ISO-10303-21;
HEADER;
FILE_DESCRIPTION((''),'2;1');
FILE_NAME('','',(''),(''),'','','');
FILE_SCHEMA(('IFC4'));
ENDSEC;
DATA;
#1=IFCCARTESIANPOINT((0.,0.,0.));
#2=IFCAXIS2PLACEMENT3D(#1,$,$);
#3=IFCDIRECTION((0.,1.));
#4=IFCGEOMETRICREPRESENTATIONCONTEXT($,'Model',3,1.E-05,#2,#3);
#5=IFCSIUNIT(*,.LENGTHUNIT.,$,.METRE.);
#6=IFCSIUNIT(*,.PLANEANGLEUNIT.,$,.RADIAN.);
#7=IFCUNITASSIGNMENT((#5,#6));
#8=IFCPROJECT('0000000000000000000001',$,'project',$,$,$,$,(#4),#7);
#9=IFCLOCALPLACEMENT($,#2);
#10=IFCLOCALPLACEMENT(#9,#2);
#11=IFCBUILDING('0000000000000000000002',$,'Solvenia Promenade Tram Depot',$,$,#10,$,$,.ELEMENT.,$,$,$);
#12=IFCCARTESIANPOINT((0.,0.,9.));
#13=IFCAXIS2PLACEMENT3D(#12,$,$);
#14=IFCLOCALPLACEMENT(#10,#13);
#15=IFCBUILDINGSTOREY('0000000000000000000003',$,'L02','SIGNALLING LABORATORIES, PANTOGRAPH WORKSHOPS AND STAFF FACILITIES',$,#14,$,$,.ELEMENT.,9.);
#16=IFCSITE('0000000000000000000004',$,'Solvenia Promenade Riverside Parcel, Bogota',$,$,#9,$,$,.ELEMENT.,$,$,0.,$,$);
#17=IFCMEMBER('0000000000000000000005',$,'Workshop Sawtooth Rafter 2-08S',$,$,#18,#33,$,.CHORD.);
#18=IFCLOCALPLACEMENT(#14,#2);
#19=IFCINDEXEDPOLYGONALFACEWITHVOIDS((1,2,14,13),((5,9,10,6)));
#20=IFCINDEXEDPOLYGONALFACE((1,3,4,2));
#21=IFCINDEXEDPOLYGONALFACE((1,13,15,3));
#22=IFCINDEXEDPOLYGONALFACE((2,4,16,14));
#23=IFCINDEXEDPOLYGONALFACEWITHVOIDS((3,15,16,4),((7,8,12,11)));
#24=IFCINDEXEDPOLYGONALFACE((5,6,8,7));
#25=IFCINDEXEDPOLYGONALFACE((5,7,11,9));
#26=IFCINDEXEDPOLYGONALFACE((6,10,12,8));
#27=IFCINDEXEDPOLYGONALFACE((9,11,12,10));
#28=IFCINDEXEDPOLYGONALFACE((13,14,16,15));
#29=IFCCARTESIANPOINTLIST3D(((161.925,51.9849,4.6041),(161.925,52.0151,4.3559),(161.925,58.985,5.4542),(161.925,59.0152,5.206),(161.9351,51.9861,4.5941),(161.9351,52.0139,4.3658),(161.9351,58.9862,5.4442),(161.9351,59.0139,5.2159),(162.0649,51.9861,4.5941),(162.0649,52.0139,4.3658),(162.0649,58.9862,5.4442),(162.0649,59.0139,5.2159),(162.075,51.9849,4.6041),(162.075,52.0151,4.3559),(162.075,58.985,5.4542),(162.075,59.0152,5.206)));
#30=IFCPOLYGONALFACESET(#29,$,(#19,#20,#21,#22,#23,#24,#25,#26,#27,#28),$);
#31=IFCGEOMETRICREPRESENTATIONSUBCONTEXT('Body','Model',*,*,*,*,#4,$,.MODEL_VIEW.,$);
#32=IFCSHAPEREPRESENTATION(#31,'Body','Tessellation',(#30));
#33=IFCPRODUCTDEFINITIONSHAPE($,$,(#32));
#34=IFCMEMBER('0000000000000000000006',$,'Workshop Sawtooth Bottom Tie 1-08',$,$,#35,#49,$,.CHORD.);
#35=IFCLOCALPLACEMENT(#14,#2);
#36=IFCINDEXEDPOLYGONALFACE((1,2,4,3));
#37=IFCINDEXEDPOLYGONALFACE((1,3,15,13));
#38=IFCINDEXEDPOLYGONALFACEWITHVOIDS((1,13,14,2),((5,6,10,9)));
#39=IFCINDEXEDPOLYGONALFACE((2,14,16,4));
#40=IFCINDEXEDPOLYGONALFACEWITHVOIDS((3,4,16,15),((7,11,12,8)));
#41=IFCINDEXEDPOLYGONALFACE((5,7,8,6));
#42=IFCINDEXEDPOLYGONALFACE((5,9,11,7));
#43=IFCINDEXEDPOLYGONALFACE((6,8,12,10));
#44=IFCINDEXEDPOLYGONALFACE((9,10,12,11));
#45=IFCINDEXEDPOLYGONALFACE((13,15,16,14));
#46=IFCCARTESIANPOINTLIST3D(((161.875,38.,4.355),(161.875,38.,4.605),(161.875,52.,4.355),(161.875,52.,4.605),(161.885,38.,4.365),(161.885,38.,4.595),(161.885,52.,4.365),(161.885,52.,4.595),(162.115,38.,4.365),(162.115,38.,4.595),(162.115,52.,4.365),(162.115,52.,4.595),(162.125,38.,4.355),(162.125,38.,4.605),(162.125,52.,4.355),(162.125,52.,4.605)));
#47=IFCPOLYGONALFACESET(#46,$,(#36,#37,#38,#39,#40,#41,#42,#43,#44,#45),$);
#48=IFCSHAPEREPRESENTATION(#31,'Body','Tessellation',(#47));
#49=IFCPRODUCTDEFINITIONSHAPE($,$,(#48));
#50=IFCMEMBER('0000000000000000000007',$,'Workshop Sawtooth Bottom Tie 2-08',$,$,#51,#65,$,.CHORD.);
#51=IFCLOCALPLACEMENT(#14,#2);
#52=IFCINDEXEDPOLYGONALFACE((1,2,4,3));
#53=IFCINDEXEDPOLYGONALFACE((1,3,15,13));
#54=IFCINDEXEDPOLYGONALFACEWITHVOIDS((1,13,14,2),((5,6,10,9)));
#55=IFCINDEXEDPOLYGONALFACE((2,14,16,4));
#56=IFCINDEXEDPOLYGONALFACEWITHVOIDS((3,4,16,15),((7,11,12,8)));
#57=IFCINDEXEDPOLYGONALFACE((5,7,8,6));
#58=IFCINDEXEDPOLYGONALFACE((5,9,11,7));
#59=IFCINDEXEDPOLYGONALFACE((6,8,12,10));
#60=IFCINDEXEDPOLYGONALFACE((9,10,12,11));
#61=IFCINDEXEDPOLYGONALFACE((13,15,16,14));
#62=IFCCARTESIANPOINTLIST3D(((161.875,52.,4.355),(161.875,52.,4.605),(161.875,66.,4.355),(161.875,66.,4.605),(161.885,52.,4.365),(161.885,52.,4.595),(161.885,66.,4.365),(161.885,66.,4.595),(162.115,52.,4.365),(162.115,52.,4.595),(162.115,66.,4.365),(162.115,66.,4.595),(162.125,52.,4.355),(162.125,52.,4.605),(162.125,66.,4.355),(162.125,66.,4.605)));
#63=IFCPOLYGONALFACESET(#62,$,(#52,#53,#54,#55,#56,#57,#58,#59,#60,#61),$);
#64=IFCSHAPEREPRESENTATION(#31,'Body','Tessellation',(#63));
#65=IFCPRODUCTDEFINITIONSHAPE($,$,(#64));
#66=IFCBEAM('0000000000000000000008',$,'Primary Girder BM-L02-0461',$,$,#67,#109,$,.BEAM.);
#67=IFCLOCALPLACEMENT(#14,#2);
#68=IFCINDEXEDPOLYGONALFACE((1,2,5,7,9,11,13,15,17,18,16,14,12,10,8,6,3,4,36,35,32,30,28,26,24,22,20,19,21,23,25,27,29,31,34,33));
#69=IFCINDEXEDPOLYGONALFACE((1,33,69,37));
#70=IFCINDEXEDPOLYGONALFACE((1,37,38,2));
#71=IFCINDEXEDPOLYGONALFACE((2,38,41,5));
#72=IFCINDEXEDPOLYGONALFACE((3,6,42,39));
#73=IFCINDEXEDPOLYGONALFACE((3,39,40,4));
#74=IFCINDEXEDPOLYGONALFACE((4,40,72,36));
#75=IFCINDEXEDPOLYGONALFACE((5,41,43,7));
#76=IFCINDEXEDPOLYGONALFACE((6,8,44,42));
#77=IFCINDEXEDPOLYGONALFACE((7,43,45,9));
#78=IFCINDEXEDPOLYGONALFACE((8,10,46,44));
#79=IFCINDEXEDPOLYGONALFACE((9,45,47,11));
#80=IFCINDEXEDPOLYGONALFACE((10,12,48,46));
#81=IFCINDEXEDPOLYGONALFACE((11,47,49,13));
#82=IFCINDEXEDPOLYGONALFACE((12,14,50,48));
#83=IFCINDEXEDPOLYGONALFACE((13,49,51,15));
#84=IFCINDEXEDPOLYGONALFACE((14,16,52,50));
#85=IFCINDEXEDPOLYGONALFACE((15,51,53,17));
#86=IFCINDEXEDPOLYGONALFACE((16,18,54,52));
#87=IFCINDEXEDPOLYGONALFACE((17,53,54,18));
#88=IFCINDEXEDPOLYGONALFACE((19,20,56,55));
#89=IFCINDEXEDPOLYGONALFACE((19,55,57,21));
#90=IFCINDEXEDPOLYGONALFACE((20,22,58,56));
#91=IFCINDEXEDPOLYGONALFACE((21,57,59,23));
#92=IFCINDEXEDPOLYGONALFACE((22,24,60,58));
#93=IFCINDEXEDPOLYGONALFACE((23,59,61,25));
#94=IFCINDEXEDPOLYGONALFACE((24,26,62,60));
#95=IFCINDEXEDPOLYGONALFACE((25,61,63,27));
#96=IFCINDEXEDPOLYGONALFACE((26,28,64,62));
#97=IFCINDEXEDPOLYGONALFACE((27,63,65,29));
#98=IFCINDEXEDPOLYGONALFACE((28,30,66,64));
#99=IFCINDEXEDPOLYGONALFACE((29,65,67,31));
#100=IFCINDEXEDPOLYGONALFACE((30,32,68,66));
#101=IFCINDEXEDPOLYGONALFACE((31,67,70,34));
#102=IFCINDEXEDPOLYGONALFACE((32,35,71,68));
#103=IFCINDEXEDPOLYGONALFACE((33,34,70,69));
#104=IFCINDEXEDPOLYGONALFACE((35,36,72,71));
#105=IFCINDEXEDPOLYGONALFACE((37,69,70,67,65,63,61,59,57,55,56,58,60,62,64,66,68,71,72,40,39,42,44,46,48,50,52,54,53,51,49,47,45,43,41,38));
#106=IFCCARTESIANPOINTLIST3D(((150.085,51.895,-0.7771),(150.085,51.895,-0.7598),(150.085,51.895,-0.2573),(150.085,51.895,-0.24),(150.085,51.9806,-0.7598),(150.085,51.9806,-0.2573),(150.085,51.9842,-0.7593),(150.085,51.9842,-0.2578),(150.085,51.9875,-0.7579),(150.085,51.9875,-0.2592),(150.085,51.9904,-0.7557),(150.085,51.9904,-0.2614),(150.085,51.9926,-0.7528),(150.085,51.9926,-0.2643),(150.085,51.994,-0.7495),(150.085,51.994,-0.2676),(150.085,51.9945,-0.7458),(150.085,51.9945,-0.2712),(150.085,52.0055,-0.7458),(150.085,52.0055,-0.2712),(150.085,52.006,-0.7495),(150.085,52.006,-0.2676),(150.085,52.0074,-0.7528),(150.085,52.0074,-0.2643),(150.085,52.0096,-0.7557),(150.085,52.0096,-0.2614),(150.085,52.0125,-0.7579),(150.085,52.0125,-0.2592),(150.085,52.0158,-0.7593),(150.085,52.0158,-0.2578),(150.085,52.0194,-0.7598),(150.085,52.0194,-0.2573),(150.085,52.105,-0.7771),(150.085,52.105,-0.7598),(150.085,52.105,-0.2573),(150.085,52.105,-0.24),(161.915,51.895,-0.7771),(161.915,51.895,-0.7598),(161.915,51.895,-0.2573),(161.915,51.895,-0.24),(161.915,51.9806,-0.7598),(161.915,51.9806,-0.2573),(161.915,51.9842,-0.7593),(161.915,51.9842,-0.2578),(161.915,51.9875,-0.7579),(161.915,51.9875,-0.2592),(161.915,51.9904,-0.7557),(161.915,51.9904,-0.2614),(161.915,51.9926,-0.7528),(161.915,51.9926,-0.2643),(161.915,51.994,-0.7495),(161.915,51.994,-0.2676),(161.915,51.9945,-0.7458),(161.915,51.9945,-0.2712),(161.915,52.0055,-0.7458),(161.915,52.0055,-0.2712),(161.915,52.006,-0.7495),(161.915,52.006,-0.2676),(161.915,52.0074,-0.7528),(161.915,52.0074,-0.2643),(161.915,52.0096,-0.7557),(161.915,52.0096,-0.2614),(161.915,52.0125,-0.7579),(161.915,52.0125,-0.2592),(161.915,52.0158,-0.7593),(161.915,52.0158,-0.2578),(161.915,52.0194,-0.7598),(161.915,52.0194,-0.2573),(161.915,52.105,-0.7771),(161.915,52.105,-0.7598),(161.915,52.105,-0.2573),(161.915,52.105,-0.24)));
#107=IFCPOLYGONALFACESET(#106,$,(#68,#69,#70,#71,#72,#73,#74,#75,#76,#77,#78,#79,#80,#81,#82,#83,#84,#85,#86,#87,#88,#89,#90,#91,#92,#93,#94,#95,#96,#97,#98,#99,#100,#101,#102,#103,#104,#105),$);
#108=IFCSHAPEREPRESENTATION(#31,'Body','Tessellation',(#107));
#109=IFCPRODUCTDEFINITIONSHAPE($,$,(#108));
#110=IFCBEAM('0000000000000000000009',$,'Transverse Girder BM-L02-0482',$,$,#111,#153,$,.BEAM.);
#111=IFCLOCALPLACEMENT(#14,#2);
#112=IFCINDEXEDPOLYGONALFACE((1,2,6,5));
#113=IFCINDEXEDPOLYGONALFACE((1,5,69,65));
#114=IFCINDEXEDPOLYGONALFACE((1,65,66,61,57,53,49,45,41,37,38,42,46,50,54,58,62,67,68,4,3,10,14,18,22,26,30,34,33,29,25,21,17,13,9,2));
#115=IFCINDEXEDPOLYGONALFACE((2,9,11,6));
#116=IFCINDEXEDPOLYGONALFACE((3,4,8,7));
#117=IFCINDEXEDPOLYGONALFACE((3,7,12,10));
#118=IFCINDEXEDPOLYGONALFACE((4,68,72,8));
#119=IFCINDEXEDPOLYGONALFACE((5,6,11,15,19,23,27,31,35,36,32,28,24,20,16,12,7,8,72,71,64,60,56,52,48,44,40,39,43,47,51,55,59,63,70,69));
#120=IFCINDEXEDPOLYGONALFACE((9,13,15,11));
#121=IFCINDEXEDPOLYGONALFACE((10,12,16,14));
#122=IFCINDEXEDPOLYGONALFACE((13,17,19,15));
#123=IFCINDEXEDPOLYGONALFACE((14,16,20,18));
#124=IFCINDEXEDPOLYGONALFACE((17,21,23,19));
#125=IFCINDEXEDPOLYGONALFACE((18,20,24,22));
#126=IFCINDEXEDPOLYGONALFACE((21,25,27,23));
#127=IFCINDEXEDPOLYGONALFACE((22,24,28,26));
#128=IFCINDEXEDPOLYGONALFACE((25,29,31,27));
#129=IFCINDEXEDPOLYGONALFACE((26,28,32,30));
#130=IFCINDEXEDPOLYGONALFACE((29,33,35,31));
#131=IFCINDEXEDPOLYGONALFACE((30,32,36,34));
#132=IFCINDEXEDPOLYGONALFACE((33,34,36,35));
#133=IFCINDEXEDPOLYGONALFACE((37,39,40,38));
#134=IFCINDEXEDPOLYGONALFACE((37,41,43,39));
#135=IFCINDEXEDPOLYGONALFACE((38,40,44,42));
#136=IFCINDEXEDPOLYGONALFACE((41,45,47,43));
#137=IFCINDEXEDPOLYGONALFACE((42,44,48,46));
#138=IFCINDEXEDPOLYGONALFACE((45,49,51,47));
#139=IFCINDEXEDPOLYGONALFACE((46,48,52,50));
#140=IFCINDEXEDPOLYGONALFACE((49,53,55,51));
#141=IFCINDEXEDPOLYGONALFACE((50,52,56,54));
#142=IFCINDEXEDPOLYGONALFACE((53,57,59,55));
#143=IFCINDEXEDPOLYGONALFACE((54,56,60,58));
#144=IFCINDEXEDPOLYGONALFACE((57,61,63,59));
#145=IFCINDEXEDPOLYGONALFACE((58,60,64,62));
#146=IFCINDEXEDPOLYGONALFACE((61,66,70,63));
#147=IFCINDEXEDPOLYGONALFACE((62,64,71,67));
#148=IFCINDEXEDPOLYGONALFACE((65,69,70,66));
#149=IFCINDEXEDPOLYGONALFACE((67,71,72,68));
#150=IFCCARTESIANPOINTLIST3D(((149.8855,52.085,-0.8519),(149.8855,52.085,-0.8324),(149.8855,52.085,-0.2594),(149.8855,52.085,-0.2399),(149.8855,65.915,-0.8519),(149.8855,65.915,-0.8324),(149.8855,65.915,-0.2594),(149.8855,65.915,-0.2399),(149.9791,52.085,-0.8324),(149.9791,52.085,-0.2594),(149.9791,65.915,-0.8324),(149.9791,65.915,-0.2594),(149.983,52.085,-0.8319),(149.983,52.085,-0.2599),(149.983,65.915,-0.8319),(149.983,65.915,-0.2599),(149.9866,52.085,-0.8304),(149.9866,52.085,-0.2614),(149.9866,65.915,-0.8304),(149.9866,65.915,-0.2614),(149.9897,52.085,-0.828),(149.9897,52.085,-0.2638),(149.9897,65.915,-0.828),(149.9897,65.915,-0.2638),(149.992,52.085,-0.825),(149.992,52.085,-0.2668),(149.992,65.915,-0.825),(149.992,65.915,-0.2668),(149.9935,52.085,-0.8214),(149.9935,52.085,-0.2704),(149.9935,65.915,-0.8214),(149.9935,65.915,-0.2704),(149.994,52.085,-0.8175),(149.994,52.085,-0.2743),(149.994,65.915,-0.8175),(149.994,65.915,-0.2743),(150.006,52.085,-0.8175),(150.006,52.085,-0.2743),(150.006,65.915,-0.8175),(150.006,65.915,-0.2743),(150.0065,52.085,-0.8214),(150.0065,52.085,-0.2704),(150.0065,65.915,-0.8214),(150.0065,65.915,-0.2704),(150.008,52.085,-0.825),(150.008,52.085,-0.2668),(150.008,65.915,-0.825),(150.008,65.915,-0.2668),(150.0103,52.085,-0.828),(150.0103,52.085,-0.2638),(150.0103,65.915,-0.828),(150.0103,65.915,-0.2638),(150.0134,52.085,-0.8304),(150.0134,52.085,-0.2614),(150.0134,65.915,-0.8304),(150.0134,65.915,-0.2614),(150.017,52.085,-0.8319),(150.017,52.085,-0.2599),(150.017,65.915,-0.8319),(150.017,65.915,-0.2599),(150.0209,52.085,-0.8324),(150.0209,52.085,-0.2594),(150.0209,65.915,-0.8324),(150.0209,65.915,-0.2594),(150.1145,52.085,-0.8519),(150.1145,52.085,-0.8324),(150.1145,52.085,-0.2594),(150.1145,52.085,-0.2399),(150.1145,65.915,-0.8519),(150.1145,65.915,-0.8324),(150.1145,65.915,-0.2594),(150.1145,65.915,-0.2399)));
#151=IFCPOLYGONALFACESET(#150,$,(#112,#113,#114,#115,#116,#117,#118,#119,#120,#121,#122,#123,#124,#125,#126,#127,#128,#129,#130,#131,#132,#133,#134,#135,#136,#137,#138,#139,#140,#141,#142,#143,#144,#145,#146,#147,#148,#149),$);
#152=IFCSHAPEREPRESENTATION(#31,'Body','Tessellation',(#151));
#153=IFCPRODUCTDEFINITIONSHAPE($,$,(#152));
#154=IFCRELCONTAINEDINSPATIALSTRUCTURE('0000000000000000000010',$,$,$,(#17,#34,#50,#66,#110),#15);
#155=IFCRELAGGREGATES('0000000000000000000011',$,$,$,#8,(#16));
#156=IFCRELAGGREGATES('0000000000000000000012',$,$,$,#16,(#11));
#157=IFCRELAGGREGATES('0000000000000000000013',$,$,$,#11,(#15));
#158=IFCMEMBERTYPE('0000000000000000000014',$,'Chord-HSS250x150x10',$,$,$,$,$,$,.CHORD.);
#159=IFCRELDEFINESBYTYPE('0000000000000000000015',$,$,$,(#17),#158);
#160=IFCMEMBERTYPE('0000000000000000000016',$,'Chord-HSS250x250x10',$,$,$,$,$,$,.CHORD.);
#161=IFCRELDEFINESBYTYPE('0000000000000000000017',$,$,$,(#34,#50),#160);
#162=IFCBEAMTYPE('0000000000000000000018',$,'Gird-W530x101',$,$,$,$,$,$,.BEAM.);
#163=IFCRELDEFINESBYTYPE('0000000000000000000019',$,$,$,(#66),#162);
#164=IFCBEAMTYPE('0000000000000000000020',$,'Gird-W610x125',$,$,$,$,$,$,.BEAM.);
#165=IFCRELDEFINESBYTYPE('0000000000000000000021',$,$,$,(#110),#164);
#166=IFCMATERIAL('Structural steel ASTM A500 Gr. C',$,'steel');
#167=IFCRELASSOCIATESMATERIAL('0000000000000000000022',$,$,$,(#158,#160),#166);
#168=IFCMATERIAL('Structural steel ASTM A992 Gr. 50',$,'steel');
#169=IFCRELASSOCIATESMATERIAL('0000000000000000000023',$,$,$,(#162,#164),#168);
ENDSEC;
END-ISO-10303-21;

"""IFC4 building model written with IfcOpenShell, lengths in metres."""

from ifc_helpers import new_model, si_unit, direction, frame, origin, origin_2d, place, context, subcontext, project, spatial, hollow_rectangle, i_section, extrude, material, material_profile, profile_set, type_object, element, save


model = new_model("IFC4")

# Units and contexts
model_context = context("Model", 3, precision=1e-05, world=origin(), true_north=direction((0.0, 1.0)))
body_context = subcontext(model_context, "Body", "Model", "MODEL_VIEW")
ifc_project = project(units=[si_unit("LENGTHUNIT", "METRE"), si_unit("PLANEANGLEUNIT", "RADIAN")], contexts=[model_context])

# Site, building, storey
site_placement = place(None, origin())
site = spatial("IfcSite", under=ifc_project, at=site_placement, Name="Solvenia Promenade Riverside Parcel, Bogota", CompositionType="ELEMENT", RefElevation=0.0)
building_placement = place(site_placement, origin())
building = spatial("IfcBuilding", under=site, at=building_placement, Name="Solvenia Promenade Tram Depot", CompositionType="ELEMENT")
storey_placement = place(building_placement, frame((0.0, 0.0, 9.0)))
storey = spatial("IfcBuildingStorey", under=building, at=storey_placement, Name="L02", Description="SIGNALLING LABORATORIES, PANTOGRAPH WORKSHOPS AND STAFF FACILITIES", CompositionType="ELEMENT", Elevation=9.0)

# Shared definitions
ifc_material_1 = material(Name="Structural steel ASTM A992 Gr. 50", Category="steel")

# Members
ifc_material_2 = material(Name="Structural steel ASTM A500 Gr. C", Category="steel")
ifc_material_profile_1 = material_profile(ifc_material_2, hollow_rectangle(XDim=0.1499, YDim=0.25, WallThickness=0.01, at=origin_2d()), Name="HSS250x150x10", Category="steel")
ifc_profile_set_1 = profile_set([ifc_material_profile_1], Name="Structural steel ASTM A500 Gr. C")
member_type_1 = type_object("IfcMemberType", Name="Chord-HSS250x150x10", PredefinedType="CHORD", material=ifc_profile_set_1)
for number, where, z_axis, x_axis, name in (
    (1, (162.0, 52.0, 4.48), (0.0, 0.992706, 0.120557), (-1.0, 0.0, 0.0), "Workshop Sawtooth Rafter 2-08S"),
):
    element("IfcMember", number, at=place(storey_placement, frame(where, z_axis=z_axis, x_axis=x_axis)), inside=storey, type_object=member_type_1, Name=name, PredefinedType="CHORD", context=body_context, shape_type="SweptSolid", body=[
        extrude(hollow_rectangle(XDim=0.1499, YDim=0.25, WallThickness=0.01, at=origin_2d()), origin(), (0.0, 0.0, 1.0), 7.0515),
    ])
ifc_material_profile_2 = material_profile(ifc_material_2, hollow_rectangle(XDim=0.25, YDim=0.25, WallThickness=0.01, at=origin_2d()), Name="HSS250x250x10", Category="steel")
ifc_profile_set_2 = profile_set([ifc_material_profile_2], Name="Structural steel ASTM A500 Gr. C")
member_type_2 = type_object("IfcMemberType", Name="Chord-HSS250x250x10", PredefinedType="CHORD", material=ifc_profile_set_2)
for number, where, z_axis, x_axis, name in (
    (2, (162.0, 38.0, 4.48), (0.0, 1.0, 0.0), (-1.0, 0.0, 0.0), "Workshop Sawtooth Bottom Tie 1-08"),
    (3, (162.0, 52.0, 4.48), (0.0, 1.0, 0.0), (-1.0, 0.0, 0.0), "Workshop Sawtooth Bottom Tie 2-08"),
):
    element("IfcMember", number, at=place(storey_placement, frame(where, z_axis=z_axis, x_axis=x_axis)), inside=storey, type_object=member_type_2, Name=name, PredefinedType="CHORD", context=body_context, shape_type="SweptSolid", body=[
        extrude(hollow_rectangle(XDim=0.25, YDim=0.25, WallThickness=0.01, at=origin_2d()), origin(), (0.0, 0.0, 1.0), 14.0),
    ])

# Beams
ifc_material_profile_3 = material_profile(ifc_material_1, i_section(OverallWidth=0.21, OverallDepth=0.5371, WebThickness=0.011, FlangeThickness=0.0173, FilletRadius=0.0139, at=origin_2d()), Name="W530x101", Category="steel")
ifc_profile_set_3 = profile_set([ifc_material_profile_3], Name="Structural steel ASTM A992 Gr. 50")
beam_type_1 = type_object("IfcBeamType", Name="Gird-W530x101", PredefinedType="BEAM", material=ifc_profile_set_3)
beam_1_placement = place(storey_placement, frame((150.085, 52.0, -0.5085), z_axis=(1.0, 0.0, 0.0), x_axis=(0.0, 1.0, 0.0)))
element("IfcBeam", 4, at=beam_1_placement, inside=storey, type_object=beam_type_1, Name="Primary Girder BM-L02-0461", PredefinedType="BEAM", context=body_context, shape_type="SweptSolid", body=[
    extrude(i_section(OverallWidth=0.21, OverallDepth=0.5371, WebThickness=0.011, FlangeThickness=0.0173, FilletRadius=0.0139, at=origin_2d()), origin(), (0.0, 0.0, 1.0), 11.8301),
])
ifc_material_profile_4 = material_profile(ifc_material_1, i_section(OverallWidth=0.229, OverallDepth=0.6121, WebThickness=0.012, FlangeThickness=0.0195, FilletRadius=0.0149, at=origin_2d()), Name="W610x125", Category="steel")
ifc_profile_set_4 = profile_set([ifc_material_profile_4], Name="Structural steel ASTM A992 Gr. 50")
beam_type_2 = type_object("IfcBeamType", Name="Gird-W610x125", PredefinedType="BEAM", material=ifc_profile_set_4)
for number, where, z_axis, x_axis, name in (
    (5, (150.0, 52.085, -0.5459), (0.0, 1.0, 0.0), (-1.0, 0.0, 0.0), "Transverse Girder BM-L02-0482"),
):
    element("IfcBeam", number, at=place(storey_placement, frame(where, z_axis=z_axis, x_axis=x_axis)), inside=storey, type_object=beam_type_2, Name=name, PredefinedType="BEAM", context=body_context, shape_type="SweptSolid", body=[
        extrude(i_section(OverallWidth=0.229, OverallDepth=0.6121, WebThickness=0.012, FlangeThickness=0.0195, FilletRadius=0.0149, at=origin_2d()), origin(), (0.0, 0.0, 1.0), 13.8301),
    ])

save(model, "model.ifc")
